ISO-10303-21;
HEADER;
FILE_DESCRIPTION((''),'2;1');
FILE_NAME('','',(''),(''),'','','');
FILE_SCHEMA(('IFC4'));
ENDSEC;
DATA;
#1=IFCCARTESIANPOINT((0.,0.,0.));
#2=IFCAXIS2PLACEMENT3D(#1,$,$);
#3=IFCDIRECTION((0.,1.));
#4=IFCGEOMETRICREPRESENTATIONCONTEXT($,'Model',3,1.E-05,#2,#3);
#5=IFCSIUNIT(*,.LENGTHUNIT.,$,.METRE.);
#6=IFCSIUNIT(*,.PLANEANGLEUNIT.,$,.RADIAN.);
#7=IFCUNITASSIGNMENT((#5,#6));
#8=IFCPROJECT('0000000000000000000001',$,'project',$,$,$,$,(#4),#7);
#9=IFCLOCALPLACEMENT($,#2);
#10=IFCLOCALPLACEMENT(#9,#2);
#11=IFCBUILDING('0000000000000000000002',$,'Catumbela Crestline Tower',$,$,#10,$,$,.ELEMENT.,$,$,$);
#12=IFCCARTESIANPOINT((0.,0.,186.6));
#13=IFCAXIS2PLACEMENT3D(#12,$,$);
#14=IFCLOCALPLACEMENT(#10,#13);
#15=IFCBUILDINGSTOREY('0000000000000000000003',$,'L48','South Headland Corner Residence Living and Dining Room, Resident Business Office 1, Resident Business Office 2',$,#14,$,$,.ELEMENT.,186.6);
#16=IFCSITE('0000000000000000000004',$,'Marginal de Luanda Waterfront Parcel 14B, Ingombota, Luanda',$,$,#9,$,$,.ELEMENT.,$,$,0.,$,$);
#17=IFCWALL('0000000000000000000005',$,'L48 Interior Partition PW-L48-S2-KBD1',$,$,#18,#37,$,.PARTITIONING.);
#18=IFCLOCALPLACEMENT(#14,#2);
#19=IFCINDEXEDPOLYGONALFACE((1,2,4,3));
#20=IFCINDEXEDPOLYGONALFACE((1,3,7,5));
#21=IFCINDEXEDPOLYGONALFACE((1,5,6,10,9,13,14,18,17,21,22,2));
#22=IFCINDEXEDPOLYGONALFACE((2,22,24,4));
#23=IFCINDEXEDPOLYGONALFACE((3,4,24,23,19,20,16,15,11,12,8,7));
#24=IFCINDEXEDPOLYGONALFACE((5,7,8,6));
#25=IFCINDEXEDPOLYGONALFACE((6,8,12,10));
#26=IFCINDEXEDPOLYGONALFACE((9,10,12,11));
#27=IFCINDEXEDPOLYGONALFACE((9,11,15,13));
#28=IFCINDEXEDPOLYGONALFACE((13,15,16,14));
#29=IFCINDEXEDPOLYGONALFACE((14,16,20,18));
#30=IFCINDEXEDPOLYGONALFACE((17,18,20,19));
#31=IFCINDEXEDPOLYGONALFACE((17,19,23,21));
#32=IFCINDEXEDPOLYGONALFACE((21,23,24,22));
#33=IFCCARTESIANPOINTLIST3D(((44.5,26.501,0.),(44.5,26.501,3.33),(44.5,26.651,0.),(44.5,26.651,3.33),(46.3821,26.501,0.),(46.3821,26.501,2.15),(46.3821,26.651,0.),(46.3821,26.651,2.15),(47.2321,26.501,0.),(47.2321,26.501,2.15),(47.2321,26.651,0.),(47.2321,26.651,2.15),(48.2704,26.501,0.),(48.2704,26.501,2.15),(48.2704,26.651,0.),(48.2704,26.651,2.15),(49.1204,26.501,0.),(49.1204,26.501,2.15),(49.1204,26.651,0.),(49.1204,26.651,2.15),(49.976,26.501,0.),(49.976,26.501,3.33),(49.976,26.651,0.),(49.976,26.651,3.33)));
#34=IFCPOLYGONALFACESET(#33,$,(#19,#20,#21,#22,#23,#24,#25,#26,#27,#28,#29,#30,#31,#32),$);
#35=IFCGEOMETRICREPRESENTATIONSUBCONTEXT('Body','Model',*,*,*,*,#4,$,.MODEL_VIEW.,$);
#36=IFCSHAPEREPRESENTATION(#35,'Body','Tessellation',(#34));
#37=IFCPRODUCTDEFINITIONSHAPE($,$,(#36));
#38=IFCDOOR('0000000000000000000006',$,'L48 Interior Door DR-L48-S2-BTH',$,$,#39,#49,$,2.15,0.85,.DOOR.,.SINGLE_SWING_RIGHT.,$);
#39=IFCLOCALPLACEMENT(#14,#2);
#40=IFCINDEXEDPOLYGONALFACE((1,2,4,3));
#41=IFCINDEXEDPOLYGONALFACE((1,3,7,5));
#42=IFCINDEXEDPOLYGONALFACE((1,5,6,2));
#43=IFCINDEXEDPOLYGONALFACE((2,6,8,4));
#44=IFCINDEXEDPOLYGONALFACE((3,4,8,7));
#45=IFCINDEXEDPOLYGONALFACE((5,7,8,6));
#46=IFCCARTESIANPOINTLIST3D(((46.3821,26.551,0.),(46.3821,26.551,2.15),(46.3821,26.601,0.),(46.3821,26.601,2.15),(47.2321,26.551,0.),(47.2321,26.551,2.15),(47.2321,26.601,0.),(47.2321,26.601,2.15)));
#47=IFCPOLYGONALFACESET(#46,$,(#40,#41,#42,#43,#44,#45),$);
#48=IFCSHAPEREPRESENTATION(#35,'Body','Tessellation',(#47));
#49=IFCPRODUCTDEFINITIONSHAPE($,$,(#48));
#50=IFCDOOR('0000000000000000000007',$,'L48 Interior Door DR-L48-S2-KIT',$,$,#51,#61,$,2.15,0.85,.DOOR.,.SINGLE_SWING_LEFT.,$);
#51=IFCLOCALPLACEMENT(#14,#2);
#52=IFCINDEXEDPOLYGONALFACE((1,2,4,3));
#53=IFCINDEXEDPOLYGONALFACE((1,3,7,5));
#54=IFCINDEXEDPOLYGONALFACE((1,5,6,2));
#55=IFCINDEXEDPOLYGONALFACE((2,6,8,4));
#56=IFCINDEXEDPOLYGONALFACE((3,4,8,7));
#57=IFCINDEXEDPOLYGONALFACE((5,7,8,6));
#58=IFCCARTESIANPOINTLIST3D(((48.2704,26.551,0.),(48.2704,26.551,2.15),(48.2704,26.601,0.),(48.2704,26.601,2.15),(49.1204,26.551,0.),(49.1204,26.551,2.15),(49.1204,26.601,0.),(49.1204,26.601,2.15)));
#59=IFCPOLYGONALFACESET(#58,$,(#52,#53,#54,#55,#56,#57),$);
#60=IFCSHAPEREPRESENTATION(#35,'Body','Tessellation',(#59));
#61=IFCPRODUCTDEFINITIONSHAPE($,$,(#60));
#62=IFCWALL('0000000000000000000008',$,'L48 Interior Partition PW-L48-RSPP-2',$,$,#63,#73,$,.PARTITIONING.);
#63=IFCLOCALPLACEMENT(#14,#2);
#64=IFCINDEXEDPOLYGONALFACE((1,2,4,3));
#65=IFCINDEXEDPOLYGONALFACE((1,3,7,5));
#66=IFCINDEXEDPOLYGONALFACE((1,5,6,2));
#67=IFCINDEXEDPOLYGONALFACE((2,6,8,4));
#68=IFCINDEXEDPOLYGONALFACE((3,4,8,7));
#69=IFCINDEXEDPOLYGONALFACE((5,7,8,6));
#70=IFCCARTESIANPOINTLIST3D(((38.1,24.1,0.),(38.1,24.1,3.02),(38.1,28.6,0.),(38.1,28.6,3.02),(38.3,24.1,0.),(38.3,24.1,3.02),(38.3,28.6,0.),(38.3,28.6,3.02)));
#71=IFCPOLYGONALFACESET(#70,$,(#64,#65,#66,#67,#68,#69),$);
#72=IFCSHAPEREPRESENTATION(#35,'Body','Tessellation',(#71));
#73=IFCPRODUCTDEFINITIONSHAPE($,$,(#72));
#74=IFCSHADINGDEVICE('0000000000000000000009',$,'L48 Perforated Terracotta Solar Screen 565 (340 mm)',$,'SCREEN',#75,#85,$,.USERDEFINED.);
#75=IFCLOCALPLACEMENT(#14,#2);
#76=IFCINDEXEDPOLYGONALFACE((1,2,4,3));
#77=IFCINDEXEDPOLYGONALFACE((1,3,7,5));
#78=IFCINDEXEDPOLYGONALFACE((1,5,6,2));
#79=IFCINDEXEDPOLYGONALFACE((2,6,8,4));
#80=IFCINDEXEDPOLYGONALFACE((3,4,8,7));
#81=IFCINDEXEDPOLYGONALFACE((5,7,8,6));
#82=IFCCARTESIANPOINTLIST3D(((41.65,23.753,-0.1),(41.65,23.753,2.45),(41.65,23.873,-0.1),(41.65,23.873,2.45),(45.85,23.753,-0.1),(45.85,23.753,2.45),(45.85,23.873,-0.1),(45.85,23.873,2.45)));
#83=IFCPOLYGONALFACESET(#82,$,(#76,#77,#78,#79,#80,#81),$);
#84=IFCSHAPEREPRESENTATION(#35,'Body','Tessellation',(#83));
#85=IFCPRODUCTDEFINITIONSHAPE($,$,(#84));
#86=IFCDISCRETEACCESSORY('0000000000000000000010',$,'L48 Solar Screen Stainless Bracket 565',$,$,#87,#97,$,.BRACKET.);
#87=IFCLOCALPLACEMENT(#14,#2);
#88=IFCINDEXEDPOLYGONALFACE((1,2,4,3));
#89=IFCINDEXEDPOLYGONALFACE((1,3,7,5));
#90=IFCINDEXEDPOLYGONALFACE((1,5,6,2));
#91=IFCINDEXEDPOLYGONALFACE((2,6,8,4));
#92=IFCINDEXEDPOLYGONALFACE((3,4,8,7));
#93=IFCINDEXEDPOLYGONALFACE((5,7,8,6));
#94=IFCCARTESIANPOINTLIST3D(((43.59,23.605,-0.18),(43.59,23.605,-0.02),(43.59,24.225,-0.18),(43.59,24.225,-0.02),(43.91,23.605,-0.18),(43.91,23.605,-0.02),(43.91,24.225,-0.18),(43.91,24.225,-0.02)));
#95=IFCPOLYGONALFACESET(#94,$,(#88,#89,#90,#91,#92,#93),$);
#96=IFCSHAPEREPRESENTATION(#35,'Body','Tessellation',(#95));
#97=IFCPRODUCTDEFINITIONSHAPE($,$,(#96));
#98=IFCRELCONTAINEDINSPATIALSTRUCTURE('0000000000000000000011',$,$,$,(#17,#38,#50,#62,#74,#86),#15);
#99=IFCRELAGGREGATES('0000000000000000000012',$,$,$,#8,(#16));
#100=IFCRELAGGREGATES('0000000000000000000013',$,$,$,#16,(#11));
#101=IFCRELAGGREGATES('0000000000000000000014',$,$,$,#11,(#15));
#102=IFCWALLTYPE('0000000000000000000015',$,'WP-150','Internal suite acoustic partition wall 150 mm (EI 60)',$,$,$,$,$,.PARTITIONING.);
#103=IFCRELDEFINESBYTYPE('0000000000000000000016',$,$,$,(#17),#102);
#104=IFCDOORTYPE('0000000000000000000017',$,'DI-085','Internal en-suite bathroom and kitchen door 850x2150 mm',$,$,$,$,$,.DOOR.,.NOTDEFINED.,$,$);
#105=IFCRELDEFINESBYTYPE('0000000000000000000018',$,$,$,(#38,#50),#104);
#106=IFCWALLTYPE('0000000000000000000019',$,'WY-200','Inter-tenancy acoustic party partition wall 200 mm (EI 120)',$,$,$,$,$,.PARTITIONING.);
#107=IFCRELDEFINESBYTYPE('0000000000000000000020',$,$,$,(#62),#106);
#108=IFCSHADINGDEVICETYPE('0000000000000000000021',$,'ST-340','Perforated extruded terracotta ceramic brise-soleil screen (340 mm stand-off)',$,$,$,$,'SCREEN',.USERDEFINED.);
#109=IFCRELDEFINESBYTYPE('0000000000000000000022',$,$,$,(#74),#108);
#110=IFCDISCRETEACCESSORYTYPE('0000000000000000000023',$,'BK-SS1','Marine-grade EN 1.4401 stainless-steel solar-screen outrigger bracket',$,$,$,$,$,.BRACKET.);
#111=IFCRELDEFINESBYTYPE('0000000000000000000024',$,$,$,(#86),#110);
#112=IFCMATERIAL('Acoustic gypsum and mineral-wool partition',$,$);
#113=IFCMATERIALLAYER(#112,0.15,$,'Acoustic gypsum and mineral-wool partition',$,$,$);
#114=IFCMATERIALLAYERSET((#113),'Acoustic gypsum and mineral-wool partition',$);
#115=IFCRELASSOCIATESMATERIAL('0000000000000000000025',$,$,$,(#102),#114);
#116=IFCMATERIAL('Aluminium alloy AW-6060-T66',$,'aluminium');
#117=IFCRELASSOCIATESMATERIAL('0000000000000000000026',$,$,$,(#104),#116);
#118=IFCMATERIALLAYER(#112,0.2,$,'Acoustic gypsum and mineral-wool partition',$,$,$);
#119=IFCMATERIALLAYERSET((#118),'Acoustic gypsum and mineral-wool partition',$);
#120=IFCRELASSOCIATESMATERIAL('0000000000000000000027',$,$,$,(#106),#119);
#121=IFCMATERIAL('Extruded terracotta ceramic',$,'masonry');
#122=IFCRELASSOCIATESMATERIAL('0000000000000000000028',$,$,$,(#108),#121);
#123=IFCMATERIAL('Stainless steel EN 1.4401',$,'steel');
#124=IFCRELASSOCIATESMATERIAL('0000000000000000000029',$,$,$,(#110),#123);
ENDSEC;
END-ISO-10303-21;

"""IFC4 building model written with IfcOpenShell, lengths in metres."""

from ifc_helpers import new_model, si_unit, direction, frame, frame_2d, origin, origin_2d, place, context, subcontext, project, spatial, rectangle, extrude, material, layer, layer_set, type_object, element, fill, save


model = new_model("IFC4")

# Units and contexts
model_context = context("Model", 3, precision=1e-05, world=origin(), true_north=direction((0.0, 1.0)))
body_context = subcontext(model_context, "Body", "Model", "MODEL_VIEW")
ifc_project = project(units=[si_unit("LENGTHUNIT", "METRE"), si_unit("PLANEANGLEUNIT", "RADIAN")], contexts=[model_context])

# Site, building, storey
site_placement = place(None, origin())
site = spatial("IfcSite", under=ifc_project, at=site_placement, Name="Marginal de Luanda Waterfront Parcel 14B, Ingombota, Luanda", CompositionType="ELEMENT", RefElevation=0.0)
building_placement = place(site_placement, origin())
building = spatial("IfcBuilding", under=site, at=building_placement, Name="Catumbela Crestline Tower", CompositionType="ELEMENT")
storey_placement = place(building_placement, frame((0.0, 0.0, 186.6)))
storey = spatial("IfcBuildingStorey", under=building, at=storey_placement, Name="L48", Description="South Headland Corner Residence Living and Dining Room, Resident Business Office 1, Resident Business Office 2", CompositionType="ELEMENT", Elevation=186.6)

# Shared definitions
ifc_material_1 = material(Name="Aluminium alloy AW-6060-T66", Category="aluminium")

# Shared definitions
ifc_material_2 = material(Name="Acoustic gypsum and mineral-wool partition")
ifc_layer_1 = layer(ifc_material_2, 0.15, Name="Acoustic gypsum and mineral-wool partition")
ifc_layer_set_1 = layer_set([ifc_layer_1], Name="Acoustic gypsum and mineral-wool partition")
wall_type_1 = type_object("IfcWallType", Name="WP-150", Description="Internal suite acoustic partition wall 150 mm (EI 60)", PredefinedType="PARTITIONING", material=ifc_layer_set_1)

# Wall, openings, doors
wall_1_placement = place(storey_placement, frame((44.5, 26.576, 0.0), z_axis=(0.0, 0.0, 1.0), x_axis=(1.0, 0.0, 0.0)))
wall_1 = element("IfcWall", 1, at=wall_1_placement, inside=storey, type_object=wall_type_1, Name="L48 Interior Partition PW-L48-S2-KBD1", PredefinedType="PARTITIONING", context=body_context, shape_type="SweptSolid", body=[
    extrude(rectangle(XDim=5.476, YDim=0.15, at=frame_2d((2.738, 0.0))), origin(), (0.0, 0.0, 1.0), 3.33),
])
opening_1_placement = place(wall_1_placement, frame((1.8821, 0.0, 0.0)))
opening_1 = element("IfcOpeningElement", 2, at=opening_1_placement, cuts=wall_1, PredefinedType="OPENING", context=body_context, shape_type="SweptSolid", body=[
    extrude(rectangle(XDim=0.85, YDim=2.15, at=frame_2d((0.425, 1.075))), frame((0.0, 0.085, 0.0), z_axis=(0.0, -1.0, 0.0), x_axis=(1.0, 0.0, 0.0)), (0.0, 0.0, 1.0), 0.17),
])
opening_2_placement = place(wall_1_placement, frame((3.7704, 0.0, 0.0)))
opening_2 = element("IfcOpeningElement", 3, at=opening_2_placement, cuts=wall_1, PredefinedType="OPENING", context=body_context, shape_type="SweptSolid", body=[
    extrude(rectangle(XDim=0.85, YDim=2.15, at=frame_2d((0.425, 1.075))), frame((0.0, 0.085, 0.0), z_axis=(0.0, -1.0, 0.0), x_axis=(1.0, 0.0, 0.0)), (0.0, 0.0, 1.0), 0.17),
])
door_type = type_object("IfcDoorType", Name="DI-085", Description="Internal en-suite bathroom and kitchen door 850x2150 mm", OperationType="NOTDEFINED", PredefinedType="DOOR", material=ifc_material_1)
door_1_placement = place(opening_1_placement, origin())
door_1 = element("IfcDoor", 4, at=door_1_placement, inside=storey, type_object=door_type, Name="L48 Interior Door DR-L48-S2-BTH", OperationType="SINGLE_SWING_RIGHT", OverallHeight=2.15, OverallWidth=0.85, PredefinedType="DOOR", context=body_context, shape_type="SweptSolid", body=[
    extrude(rectangle(XDim=0.85, YDim=2.15, at=frame_2d((0.425, 1.075))), frame((0.0, 0.025, 0.0), z_axis=(0.0, -1.0, 0.0), x_axis=(1.0, 0.0, 0.0)), (0.0, 0.0, 1.0), 0.05),
])
fill(opening_1, door_1)
door_2_placement = place(opening_2_placement, origin())
door_2 = element("IfcDoor", 5, at=door_2_placement, inside=storey, type_object=door_type, Name="L48 Interior Door DR-L48-S2-KIT", OperationType="SINGLE_SWING_LEFT", OverallHeight=2.15, OverallWidth=0.85, PredefinedType="DOOR", context=body_context, shape_type="SweptSolid", body=[
    extrude(rectangle(XDim=0.85, YDim=2.15, at=frame_2d((0.425, 1.075))), frame((0.0, 0.025, 0.0), z_axis=(0.0, -1.0, 0.0), x_axis=(1.0, 0.0, 0.0)), (0.0, 0.0, 1.0), 0.05),
])
fill(opening_2, door_2)

# Wall
ifc_layer_2 = layer(ifc_material_2, 0.2, Name="Acoustic gypsum and mineral-wool partition")
ifc_layer_set_2 = layer_set([ifc_layer_2], Name="Acoustic gypsum and mineral-wool partition")
wall_type_2 = type_object("IfcWallType", Name="WY-200", Description="Inter-tenancy acoustic party partition wall 200 mm (EI 120)", PredefinedType="PARTITIONING", material=ifc_layer_set_2)
wall_2_placement = place(storey_placement, frame((38.2, 24.1, 0.0), z_axis=(0.0, 0.0, 1.0), x_axis=(0.0, 1.0, 0.0)))
element("IfcWall", 6, at=wall_2_placement, inside=storey, type_object=wall_type_2, Name="L48 Interior Partition PW-L48-RSPP-2", PredefinedType="PARTITIONING", context=body_context, shape_type="SweptSolid", body=[
    extrude(rectangle(XDim=4.5, YDim=0.2, at=frame_2d((2.25, 0.0))), origin(), (0.0, 0.0, 1.0), 3.02),
])

# Shading device
ifc_material_3 = material(Name="Extruded terracotta ceramic", Category="masonry")
shading_device_type = type_object("IfcShadingDeviceType", Name="ST-340", Description="Perforated extruded terracotta ceramic brise-soleil screen (340 mm stand-off)", ElementType="SCREEN", PredefinedType="USERDEFINED", material=ifc_material_3)
shading_device_placement = place(storey_placement, frame((43.75, 23.813, -0.1), z_axis=(0.0, 0.0, 1.0), x_axis=(1.0, 0.0, 0.0)))
element("IfcShadingDevice", 7, at=shading_device_placement, inside=storey, type_object=shading_device_type, Name="L48 Perforated Terracotta Solar Screen 565 (340 mm)", ObjectType="SCREEN", PredefinedType="USERDEFINED", context=body_context, shape_type="SweptSolid", body=[
    extrude(rectangle(XDim=4.2, YDim=0.12, at=origin_2d()), origin(), (0.0, 0.0, 1.0), 2.55),
])

# Discrete accessory
ifc_material_4 = material(Name="Stainless steel EN 1.4401", Category="steel")
discrete_accessory_type = type_object("IfcDiscreteAccessoryType", Name="BK-SS1", Description="Marine-grade EN 1.4401 stainless-steel solar-screen outrigger bracket", PredefinedType="BRACKET", material=ifc_material_4)
discrete_accessory_placement = place(storey_placement, frame((43.75, 23.915, -0.18), z_axis=(0.0, 0.0, 1.0), x_axis=(1.0, 0.0, 0.0)))
element("IfcDiscreteAccessory", 8, at=discrete_accessory_placement, inside=storey, type_object=discrete_accessory_type, Name="L48 Solar Screen Stainless Bracket 565", PredefinedType="BRACKET", context=body_context, shape_type="SweptSolid", body=[
    extrude(rectangle(XDim=0.32, YDim=0.62, at=origin_2d()), origin(), (0.0, 0.0, 1.0), 0.16),
])

save(model, "model.ifc")
